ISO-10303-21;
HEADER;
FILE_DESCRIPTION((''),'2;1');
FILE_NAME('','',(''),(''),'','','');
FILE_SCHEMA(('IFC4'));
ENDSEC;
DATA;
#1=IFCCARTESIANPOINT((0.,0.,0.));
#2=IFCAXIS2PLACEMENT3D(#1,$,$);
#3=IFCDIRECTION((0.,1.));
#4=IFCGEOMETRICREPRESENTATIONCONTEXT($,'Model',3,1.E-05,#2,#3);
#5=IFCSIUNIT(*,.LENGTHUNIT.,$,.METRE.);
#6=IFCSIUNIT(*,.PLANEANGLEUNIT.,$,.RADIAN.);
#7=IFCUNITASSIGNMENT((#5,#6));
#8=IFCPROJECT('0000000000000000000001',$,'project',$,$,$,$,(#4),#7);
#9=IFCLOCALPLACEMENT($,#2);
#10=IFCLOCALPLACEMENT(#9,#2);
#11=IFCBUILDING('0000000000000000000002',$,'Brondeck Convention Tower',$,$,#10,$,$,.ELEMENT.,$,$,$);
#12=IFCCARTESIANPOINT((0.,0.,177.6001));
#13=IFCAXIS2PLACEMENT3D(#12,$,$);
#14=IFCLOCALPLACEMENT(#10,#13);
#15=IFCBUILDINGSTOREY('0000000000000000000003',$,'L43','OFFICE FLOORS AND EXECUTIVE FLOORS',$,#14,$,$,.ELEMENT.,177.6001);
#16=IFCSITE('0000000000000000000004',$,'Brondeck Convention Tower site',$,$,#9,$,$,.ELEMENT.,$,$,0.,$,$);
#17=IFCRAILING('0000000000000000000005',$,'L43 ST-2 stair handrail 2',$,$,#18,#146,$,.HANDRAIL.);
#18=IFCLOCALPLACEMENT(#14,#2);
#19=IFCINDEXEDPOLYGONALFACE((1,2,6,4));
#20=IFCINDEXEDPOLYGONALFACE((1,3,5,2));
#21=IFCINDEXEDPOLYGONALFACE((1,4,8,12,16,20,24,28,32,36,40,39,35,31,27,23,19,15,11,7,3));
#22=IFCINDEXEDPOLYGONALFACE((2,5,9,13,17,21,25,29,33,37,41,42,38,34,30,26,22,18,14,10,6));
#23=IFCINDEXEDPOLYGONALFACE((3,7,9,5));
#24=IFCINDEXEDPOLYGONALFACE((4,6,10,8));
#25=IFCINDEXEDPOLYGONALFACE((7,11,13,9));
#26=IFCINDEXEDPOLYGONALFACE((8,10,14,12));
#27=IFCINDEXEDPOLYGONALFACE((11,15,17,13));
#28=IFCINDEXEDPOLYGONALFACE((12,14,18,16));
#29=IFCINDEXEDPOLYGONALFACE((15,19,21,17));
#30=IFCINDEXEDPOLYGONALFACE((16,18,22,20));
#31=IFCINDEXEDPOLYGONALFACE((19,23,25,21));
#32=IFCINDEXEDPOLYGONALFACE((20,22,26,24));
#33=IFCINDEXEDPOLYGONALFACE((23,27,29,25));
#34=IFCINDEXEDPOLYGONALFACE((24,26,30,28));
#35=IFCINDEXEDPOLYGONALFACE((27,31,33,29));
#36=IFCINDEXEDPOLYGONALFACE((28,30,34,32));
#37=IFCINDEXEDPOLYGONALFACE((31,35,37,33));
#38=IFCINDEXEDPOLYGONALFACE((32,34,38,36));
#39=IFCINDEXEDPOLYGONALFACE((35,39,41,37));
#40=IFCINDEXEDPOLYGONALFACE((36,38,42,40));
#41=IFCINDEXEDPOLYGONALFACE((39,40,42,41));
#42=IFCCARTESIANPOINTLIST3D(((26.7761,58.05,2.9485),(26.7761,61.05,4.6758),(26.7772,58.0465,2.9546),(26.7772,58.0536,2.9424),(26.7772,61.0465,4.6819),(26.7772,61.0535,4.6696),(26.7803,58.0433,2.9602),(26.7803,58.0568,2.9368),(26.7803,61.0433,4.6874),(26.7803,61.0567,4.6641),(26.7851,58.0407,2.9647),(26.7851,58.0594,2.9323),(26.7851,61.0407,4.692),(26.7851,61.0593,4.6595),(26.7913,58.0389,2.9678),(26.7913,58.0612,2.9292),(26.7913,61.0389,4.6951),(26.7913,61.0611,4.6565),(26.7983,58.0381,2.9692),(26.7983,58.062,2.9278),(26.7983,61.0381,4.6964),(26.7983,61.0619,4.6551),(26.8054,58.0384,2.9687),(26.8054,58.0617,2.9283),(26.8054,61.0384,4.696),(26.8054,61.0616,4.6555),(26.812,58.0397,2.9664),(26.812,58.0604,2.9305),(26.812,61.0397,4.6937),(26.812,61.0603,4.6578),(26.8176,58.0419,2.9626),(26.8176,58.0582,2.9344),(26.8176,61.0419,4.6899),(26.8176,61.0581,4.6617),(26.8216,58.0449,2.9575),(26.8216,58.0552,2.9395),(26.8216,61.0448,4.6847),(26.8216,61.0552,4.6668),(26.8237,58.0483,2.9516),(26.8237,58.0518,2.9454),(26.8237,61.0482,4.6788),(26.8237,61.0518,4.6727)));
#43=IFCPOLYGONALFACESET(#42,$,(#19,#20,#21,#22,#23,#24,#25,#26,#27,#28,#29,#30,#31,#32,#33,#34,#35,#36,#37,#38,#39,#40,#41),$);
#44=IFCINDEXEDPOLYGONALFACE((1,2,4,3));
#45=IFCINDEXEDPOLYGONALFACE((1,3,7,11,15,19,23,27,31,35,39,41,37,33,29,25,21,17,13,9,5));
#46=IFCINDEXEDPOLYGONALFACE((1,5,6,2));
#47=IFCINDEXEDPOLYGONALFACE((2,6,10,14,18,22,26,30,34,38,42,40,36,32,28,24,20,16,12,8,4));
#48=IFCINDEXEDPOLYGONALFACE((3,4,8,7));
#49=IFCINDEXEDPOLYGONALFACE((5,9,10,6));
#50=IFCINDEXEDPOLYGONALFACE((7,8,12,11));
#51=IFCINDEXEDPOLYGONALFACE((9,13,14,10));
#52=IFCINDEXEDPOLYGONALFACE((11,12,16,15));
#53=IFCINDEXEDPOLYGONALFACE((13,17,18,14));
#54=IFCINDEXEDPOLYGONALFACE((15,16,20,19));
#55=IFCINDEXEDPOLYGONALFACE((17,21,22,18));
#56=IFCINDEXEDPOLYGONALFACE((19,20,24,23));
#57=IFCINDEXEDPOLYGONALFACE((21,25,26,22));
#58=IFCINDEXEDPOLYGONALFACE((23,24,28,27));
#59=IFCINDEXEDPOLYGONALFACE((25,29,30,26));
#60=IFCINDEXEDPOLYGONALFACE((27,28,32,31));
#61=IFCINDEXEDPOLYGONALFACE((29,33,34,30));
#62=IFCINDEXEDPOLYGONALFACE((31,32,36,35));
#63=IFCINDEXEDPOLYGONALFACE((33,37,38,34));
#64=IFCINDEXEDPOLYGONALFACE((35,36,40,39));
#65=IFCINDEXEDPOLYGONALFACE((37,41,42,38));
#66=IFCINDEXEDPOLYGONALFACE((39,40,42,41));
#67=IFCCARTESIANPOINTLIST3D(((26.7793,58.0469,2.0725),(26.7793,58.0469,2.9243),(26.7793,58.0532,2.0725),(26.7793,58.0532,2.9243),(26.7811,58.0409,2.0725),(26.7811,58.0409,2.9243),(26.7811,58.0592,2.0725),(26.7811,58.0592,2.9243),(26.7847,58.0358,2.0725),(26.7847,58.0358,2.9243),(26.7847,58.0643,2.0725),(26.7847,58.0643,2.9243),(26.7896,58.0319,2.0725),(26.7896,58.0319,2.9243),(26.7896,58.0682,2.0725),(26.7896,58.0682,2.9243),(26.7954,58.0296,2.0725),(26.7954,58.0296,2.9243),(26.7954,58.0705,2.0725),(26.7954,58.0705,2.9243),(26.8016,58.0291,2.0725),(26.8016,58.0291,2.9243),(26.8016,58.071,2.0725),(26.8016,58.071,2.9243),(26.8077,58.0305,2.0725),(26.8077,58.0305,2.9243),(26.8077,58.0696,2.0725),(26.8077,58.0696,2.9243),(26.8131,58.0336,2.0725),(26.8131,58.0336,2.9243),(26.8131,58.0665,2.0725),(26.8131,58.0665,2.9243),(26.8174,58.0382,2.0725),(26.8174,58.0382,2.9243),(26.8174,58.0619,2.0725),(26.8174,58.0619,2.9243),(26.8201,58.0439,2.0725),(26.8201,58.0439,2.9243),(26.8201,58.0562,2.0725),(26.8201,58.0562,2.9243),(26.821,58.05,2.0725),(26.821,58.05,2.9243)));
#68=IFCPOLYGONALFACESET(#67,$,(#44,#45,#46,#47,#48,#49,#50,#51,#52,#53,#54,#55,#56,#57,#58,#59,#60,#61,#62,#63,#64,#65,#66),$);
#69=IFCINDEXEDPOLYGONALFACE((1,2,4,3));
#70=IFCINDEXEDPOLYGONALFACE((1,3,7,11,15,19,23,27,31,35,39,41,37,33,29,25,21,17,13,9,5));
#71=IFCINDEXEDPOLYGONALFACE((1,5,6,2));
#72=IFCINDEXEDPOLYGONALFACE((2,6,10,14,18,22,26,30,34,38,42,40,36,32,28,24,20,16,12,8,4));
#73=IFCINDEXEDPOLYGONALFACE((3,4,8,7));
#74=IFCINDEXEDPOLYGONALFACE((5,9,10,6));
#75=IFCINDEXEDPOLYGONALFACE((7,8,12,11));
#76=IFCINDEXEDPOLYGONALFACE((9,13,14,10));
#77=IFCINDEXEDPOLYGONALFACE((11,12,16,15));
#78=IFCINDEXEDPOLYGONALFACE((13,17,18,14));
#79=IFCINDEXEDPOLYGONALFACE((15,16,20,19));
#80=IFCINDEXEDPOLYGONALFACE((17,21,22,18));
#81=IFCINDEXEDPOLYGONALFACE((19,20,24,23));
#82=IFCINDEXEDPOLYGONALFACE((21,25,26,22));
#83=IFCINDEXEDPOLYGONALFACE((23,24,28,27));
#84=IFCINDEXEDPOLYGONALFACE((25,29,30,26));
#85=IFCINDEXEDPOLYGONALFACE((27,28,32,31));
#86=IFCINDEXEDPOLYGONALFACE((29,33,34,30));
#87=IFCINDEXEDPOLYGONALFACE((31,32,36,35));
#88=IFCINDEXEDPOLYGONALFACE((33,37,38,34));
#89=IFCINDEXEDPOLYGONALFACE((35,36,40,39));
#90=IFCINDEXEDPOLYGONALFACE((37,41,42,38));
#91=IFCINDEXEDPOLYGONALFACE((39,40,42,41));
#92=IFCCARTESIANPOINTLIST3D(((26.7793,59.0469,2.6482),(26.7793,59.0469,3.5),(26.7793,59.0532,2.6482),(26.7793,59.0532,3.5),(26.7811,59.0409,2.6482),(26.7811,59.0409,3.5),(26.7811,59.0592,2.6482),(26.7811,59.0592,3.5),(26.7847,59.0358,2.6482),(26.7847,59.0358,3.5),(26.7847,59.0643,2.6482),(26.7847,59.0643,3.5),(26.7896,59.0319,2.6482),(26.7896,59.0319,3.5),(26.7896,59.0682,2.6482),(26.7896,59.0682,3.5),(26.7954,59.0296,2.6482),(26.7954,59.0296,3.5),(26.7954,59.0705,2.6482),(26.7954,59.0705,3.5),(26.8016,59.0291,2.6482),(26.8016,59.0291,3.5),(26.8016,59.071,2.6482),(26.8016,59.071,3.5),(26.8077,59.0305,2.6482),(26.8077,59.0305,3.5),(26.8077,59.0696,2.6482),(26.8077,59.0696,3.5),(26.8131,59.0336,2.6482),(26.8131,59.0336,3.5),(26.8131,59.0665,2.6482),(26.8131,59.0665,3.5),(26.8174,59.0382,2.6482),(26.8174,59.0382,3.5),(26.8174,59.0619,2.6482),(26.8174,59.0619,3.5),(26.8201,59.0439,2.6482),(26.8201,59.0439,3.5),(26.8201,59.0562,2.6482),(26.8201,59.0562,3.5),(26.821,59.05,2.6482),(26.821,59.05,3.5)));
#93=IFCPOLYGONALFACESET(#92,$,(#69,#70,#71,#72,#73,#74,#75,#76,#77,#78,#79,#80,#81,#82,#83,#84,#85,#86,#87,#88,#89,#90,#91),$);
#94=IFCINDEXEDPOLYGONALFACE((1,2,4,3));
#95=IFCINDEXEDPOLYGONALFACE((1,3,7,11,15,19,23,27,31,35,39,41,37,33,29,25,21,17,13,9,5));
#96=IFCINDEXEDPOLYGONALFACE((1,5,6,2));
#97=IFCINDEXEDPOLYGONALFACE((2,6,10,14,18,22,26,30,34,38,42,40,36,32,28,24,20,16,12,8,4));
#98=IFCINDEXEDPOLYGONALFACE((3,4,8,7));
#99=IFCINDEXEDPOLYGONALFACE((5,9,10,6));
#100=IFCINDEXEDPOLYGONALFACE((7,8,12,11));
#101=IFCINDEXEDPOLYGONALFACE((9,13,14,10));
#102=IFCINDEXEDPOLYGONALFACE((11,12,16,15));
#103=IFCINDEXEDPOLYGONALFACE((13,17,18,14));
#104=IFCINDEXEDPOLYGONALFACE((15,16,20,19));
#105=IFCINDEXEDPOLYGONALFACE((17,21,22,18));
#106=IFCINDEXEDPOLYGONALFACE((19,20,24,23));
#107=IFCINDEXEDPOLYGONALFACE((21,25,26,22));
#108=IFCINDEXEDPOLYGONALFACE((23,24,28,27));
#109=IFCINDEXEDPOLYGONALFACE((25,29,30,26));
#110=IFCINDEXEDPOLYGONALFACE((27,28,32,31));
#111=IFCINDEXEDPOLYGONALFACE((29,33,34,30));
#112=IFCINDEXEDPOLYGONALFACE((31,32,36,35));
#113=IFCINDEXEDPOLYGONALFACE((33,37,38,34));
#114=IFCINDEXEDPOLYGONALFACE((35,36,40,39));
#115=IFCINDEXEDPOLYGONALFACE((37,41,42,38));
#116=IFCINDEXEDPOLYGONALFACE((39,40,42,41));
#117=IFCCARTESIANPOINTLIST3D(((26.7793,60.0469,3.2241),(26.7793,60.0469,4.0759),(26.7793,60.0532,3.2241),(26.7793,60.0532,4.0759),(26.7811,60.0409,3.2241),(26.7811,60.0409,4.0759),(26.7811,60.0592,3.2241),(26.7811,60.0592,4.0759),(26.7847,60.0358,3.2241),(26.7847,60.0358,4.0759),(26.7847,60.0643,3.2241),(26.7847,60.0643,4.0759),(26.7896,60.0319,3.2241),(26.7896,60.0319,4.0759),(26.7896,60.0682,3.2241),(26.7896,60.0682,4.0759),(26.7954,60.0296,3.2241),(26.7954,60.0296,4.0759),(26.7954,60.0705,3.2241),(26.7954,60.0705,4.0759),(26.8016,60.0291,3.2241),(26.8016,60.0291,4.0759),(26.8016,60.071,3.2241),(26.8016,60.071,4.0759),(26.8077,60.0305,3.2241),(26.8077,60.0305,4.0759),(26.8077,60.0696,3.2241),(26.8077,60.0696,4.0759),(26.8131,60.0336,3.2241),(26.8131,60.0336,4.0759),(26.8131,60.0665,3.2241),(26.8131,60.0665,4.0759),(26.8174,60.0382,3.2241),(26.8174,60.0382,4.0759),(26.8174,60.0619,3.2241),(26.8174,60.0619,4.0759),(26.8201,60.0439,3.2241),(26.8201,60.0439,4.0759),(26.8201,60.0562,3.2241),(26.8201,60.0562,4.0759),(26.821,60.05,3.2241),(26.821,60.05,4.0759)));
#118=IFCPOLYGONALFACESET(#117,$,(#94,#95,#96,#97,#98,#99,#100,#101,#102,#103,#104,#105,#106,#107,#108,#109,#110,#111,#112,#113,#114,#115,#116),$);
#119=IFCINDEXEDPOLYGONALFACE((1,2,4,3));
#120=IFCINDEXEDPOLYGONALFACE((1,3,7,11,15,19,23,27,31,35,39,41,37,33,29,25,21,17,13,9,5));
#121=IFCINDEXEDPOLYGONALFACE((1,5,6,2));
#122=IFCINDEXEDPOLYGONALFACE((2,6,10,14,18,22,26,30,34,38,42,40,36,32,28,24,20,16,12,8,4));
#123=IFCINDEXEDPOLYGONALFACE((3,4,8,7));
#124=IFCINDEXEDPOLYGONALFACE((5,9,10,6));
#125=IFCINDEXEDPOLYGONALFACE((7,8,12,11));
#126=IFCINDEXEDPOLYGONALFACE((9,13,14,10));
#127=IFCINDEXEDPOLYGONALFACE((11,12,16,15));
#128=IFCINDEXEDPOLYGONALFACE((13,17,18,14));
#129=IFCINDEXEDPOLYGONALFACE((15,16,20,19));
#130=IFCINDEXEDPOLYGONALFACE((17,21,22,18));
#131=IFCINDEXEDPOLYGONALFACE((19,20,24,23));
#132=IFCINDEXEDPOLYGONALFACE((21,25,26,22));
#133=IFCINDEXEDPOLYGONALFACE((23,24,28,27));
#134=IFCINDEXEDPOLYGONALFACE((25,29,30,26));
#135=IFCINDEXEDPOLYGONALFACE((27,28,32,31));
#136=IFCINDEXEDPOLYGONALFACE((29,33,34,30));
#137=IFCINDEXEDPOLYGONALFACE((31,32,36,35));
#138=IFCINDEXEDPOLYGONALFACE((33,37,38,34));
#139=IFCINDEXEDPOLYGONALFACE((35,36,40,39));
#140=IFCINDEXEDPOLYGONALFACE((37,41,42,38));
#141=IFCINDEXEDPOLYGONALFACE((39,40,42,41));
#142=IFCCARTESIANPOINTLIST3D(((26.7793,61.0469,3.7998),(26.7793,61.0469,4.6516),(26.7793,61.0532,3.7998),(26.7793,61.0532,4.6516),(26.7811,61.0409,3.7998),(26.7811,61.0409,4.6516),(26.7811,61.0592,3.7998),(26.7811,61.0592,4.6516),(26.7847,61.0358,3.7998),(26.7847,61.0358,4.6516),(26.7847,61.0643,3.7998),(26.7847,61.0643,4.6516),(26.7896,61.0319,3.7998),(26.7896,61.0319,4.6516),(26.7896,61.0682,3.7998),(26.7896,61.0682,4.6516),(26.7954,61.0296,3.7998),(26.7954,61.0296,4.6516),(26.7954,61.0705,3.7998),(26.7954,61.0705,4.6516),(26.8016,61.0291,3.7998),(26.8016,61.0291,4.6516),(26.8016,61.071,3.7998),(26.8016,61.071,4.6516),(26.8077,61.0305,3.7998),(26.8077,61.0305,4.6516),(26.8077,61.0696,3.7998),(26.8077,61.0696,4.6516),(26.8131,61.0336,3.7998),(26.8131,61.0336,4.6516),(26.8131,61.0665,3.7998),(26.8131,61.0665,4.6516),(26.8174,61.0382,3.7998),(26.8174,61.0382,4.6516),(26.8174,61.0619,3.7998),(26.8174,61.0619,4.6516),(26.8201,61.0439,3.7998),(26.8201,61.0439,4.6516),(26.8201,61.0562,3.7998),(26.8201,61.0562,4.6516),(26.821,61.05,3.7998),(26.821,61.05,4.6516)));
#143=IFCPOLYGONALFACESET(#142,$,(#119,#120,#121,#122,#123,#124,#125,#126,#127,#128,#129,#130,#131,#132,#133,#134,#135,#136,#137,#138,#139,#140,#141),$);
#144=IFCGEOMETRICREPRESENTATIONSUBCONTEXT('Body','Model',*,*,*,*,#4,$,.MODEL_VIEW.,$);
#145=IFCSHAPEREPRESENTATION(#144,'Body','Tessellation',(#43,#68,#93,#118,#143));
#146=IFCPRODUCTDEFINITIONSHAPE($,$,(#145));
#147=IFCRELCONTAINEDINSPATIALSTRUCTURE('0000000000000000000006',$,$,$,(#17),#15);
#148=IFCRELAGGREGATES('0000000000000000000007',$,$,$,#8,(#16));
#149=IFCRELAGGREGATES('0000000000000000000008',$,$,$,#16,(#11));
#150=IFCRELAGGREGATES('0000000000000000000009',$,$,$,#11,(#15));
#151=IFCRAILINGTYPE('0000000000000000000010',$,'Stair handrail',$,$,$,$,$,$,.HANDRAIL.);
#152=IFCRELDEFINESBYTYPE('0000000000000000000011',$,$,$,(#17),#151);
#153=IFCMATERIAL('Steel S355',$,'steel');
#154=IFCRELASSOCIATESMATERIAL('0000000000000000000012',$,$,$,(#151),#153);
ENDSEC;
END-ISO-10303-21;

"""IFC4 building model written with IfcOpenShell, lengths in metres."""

from ifc_helpers import new_model, si_unit, direction, frame, origin, origin_2d, place, context, subcontext, project, spatial, circle, extrude, material, type_object, element, save


model = new_model("IFC4")

# Units and contexts
model_context = context("Model", 3, precision=1e-05, world=origin(), true_north=direction((0.0, 1.0)))
body_context = subcontext(model_context, "Body", "Model", "MODEL_VIEW")
ifc_project = project(units=[si_unit("LENGTHUNIT", "METRE"), si_unit("PLANEANGLEUNIT", "RADIAN")], contexts=[model_context])

# Site, building, storey
site_placement = place(None, origin())
site = spatial("IfcSite", under=ifc_project, at=site_placement, Name="Brondeck Convention Tower site", CompositionType="ELEMENT", RefElevation=0.0)
building_placement = place(site_placement, origin())
building = spatial("IfcBuilding", under=site, at=building_placement, Name="Brondeck Convention Tower", CompositionType="ELEMENT")
storey_placement = place(building_placement, frame((0.0, 0.0, 177.6001)))
storey = spatial("IfcBuildingStorey", under=building, at=storey_placement, Name="L43", Description="OFFICE FLOORS AND EXECUTIVE FLOORS", CompositionType="ELEMENT", Elevation=177.6001)

# Railing
ifc_material_1 = material(Name="Steel S355", Category="steel")
railing_type_1 = type_object("IfcRailingType", Name="Stair handrail", PredefinedType="HANDRAIL", material=ifc_material_1)
railing_1_placement = place(storey_placement, frame((26.8, 58.05, 2.0725)))
element("IfcRailing", 1, at=railing_1_placement, inside=storey, type_object=railing_type_1, Name="L43 ST-2 stair handrail 2", PredefinedType="HANDRAIL", context=body_context, shape_type="SweptSolid", body=[
    extrude(circle(Radius=0.0239, at=origin_2d()), frame((0.0, 0.0, 0.876), z_axis=(0.0, 0.86662, 0.498969), x_axis=(-1.0, 0.0, 0.0)), (0.0, 0.0, 1.0), 3.4617),
    extrude(circle(Radius=0.021, at=origin_2d()), origin(), (0.0, 0.0, 1.0), 0.8518),
    extrude(circle(Radius=0.021, at=origin_2d()), frame((0.0, 1.0, 0.5757)), (0.0, 0.0, 1.0), 0.8518),
    extrude(circle(Radius=0.021, at=origin_2d()), frame((0.0, 2.0, 1.1516)), (0.0, 0.0, 1.0), 0.8518),
    extrude(circle(Radius=0.021, at=origin_2d()), frame((0.0, 3.0, 1.7273)), (0.0, 0.0, 1.0), 0.8518),
])

save(model, "model.ifc")
